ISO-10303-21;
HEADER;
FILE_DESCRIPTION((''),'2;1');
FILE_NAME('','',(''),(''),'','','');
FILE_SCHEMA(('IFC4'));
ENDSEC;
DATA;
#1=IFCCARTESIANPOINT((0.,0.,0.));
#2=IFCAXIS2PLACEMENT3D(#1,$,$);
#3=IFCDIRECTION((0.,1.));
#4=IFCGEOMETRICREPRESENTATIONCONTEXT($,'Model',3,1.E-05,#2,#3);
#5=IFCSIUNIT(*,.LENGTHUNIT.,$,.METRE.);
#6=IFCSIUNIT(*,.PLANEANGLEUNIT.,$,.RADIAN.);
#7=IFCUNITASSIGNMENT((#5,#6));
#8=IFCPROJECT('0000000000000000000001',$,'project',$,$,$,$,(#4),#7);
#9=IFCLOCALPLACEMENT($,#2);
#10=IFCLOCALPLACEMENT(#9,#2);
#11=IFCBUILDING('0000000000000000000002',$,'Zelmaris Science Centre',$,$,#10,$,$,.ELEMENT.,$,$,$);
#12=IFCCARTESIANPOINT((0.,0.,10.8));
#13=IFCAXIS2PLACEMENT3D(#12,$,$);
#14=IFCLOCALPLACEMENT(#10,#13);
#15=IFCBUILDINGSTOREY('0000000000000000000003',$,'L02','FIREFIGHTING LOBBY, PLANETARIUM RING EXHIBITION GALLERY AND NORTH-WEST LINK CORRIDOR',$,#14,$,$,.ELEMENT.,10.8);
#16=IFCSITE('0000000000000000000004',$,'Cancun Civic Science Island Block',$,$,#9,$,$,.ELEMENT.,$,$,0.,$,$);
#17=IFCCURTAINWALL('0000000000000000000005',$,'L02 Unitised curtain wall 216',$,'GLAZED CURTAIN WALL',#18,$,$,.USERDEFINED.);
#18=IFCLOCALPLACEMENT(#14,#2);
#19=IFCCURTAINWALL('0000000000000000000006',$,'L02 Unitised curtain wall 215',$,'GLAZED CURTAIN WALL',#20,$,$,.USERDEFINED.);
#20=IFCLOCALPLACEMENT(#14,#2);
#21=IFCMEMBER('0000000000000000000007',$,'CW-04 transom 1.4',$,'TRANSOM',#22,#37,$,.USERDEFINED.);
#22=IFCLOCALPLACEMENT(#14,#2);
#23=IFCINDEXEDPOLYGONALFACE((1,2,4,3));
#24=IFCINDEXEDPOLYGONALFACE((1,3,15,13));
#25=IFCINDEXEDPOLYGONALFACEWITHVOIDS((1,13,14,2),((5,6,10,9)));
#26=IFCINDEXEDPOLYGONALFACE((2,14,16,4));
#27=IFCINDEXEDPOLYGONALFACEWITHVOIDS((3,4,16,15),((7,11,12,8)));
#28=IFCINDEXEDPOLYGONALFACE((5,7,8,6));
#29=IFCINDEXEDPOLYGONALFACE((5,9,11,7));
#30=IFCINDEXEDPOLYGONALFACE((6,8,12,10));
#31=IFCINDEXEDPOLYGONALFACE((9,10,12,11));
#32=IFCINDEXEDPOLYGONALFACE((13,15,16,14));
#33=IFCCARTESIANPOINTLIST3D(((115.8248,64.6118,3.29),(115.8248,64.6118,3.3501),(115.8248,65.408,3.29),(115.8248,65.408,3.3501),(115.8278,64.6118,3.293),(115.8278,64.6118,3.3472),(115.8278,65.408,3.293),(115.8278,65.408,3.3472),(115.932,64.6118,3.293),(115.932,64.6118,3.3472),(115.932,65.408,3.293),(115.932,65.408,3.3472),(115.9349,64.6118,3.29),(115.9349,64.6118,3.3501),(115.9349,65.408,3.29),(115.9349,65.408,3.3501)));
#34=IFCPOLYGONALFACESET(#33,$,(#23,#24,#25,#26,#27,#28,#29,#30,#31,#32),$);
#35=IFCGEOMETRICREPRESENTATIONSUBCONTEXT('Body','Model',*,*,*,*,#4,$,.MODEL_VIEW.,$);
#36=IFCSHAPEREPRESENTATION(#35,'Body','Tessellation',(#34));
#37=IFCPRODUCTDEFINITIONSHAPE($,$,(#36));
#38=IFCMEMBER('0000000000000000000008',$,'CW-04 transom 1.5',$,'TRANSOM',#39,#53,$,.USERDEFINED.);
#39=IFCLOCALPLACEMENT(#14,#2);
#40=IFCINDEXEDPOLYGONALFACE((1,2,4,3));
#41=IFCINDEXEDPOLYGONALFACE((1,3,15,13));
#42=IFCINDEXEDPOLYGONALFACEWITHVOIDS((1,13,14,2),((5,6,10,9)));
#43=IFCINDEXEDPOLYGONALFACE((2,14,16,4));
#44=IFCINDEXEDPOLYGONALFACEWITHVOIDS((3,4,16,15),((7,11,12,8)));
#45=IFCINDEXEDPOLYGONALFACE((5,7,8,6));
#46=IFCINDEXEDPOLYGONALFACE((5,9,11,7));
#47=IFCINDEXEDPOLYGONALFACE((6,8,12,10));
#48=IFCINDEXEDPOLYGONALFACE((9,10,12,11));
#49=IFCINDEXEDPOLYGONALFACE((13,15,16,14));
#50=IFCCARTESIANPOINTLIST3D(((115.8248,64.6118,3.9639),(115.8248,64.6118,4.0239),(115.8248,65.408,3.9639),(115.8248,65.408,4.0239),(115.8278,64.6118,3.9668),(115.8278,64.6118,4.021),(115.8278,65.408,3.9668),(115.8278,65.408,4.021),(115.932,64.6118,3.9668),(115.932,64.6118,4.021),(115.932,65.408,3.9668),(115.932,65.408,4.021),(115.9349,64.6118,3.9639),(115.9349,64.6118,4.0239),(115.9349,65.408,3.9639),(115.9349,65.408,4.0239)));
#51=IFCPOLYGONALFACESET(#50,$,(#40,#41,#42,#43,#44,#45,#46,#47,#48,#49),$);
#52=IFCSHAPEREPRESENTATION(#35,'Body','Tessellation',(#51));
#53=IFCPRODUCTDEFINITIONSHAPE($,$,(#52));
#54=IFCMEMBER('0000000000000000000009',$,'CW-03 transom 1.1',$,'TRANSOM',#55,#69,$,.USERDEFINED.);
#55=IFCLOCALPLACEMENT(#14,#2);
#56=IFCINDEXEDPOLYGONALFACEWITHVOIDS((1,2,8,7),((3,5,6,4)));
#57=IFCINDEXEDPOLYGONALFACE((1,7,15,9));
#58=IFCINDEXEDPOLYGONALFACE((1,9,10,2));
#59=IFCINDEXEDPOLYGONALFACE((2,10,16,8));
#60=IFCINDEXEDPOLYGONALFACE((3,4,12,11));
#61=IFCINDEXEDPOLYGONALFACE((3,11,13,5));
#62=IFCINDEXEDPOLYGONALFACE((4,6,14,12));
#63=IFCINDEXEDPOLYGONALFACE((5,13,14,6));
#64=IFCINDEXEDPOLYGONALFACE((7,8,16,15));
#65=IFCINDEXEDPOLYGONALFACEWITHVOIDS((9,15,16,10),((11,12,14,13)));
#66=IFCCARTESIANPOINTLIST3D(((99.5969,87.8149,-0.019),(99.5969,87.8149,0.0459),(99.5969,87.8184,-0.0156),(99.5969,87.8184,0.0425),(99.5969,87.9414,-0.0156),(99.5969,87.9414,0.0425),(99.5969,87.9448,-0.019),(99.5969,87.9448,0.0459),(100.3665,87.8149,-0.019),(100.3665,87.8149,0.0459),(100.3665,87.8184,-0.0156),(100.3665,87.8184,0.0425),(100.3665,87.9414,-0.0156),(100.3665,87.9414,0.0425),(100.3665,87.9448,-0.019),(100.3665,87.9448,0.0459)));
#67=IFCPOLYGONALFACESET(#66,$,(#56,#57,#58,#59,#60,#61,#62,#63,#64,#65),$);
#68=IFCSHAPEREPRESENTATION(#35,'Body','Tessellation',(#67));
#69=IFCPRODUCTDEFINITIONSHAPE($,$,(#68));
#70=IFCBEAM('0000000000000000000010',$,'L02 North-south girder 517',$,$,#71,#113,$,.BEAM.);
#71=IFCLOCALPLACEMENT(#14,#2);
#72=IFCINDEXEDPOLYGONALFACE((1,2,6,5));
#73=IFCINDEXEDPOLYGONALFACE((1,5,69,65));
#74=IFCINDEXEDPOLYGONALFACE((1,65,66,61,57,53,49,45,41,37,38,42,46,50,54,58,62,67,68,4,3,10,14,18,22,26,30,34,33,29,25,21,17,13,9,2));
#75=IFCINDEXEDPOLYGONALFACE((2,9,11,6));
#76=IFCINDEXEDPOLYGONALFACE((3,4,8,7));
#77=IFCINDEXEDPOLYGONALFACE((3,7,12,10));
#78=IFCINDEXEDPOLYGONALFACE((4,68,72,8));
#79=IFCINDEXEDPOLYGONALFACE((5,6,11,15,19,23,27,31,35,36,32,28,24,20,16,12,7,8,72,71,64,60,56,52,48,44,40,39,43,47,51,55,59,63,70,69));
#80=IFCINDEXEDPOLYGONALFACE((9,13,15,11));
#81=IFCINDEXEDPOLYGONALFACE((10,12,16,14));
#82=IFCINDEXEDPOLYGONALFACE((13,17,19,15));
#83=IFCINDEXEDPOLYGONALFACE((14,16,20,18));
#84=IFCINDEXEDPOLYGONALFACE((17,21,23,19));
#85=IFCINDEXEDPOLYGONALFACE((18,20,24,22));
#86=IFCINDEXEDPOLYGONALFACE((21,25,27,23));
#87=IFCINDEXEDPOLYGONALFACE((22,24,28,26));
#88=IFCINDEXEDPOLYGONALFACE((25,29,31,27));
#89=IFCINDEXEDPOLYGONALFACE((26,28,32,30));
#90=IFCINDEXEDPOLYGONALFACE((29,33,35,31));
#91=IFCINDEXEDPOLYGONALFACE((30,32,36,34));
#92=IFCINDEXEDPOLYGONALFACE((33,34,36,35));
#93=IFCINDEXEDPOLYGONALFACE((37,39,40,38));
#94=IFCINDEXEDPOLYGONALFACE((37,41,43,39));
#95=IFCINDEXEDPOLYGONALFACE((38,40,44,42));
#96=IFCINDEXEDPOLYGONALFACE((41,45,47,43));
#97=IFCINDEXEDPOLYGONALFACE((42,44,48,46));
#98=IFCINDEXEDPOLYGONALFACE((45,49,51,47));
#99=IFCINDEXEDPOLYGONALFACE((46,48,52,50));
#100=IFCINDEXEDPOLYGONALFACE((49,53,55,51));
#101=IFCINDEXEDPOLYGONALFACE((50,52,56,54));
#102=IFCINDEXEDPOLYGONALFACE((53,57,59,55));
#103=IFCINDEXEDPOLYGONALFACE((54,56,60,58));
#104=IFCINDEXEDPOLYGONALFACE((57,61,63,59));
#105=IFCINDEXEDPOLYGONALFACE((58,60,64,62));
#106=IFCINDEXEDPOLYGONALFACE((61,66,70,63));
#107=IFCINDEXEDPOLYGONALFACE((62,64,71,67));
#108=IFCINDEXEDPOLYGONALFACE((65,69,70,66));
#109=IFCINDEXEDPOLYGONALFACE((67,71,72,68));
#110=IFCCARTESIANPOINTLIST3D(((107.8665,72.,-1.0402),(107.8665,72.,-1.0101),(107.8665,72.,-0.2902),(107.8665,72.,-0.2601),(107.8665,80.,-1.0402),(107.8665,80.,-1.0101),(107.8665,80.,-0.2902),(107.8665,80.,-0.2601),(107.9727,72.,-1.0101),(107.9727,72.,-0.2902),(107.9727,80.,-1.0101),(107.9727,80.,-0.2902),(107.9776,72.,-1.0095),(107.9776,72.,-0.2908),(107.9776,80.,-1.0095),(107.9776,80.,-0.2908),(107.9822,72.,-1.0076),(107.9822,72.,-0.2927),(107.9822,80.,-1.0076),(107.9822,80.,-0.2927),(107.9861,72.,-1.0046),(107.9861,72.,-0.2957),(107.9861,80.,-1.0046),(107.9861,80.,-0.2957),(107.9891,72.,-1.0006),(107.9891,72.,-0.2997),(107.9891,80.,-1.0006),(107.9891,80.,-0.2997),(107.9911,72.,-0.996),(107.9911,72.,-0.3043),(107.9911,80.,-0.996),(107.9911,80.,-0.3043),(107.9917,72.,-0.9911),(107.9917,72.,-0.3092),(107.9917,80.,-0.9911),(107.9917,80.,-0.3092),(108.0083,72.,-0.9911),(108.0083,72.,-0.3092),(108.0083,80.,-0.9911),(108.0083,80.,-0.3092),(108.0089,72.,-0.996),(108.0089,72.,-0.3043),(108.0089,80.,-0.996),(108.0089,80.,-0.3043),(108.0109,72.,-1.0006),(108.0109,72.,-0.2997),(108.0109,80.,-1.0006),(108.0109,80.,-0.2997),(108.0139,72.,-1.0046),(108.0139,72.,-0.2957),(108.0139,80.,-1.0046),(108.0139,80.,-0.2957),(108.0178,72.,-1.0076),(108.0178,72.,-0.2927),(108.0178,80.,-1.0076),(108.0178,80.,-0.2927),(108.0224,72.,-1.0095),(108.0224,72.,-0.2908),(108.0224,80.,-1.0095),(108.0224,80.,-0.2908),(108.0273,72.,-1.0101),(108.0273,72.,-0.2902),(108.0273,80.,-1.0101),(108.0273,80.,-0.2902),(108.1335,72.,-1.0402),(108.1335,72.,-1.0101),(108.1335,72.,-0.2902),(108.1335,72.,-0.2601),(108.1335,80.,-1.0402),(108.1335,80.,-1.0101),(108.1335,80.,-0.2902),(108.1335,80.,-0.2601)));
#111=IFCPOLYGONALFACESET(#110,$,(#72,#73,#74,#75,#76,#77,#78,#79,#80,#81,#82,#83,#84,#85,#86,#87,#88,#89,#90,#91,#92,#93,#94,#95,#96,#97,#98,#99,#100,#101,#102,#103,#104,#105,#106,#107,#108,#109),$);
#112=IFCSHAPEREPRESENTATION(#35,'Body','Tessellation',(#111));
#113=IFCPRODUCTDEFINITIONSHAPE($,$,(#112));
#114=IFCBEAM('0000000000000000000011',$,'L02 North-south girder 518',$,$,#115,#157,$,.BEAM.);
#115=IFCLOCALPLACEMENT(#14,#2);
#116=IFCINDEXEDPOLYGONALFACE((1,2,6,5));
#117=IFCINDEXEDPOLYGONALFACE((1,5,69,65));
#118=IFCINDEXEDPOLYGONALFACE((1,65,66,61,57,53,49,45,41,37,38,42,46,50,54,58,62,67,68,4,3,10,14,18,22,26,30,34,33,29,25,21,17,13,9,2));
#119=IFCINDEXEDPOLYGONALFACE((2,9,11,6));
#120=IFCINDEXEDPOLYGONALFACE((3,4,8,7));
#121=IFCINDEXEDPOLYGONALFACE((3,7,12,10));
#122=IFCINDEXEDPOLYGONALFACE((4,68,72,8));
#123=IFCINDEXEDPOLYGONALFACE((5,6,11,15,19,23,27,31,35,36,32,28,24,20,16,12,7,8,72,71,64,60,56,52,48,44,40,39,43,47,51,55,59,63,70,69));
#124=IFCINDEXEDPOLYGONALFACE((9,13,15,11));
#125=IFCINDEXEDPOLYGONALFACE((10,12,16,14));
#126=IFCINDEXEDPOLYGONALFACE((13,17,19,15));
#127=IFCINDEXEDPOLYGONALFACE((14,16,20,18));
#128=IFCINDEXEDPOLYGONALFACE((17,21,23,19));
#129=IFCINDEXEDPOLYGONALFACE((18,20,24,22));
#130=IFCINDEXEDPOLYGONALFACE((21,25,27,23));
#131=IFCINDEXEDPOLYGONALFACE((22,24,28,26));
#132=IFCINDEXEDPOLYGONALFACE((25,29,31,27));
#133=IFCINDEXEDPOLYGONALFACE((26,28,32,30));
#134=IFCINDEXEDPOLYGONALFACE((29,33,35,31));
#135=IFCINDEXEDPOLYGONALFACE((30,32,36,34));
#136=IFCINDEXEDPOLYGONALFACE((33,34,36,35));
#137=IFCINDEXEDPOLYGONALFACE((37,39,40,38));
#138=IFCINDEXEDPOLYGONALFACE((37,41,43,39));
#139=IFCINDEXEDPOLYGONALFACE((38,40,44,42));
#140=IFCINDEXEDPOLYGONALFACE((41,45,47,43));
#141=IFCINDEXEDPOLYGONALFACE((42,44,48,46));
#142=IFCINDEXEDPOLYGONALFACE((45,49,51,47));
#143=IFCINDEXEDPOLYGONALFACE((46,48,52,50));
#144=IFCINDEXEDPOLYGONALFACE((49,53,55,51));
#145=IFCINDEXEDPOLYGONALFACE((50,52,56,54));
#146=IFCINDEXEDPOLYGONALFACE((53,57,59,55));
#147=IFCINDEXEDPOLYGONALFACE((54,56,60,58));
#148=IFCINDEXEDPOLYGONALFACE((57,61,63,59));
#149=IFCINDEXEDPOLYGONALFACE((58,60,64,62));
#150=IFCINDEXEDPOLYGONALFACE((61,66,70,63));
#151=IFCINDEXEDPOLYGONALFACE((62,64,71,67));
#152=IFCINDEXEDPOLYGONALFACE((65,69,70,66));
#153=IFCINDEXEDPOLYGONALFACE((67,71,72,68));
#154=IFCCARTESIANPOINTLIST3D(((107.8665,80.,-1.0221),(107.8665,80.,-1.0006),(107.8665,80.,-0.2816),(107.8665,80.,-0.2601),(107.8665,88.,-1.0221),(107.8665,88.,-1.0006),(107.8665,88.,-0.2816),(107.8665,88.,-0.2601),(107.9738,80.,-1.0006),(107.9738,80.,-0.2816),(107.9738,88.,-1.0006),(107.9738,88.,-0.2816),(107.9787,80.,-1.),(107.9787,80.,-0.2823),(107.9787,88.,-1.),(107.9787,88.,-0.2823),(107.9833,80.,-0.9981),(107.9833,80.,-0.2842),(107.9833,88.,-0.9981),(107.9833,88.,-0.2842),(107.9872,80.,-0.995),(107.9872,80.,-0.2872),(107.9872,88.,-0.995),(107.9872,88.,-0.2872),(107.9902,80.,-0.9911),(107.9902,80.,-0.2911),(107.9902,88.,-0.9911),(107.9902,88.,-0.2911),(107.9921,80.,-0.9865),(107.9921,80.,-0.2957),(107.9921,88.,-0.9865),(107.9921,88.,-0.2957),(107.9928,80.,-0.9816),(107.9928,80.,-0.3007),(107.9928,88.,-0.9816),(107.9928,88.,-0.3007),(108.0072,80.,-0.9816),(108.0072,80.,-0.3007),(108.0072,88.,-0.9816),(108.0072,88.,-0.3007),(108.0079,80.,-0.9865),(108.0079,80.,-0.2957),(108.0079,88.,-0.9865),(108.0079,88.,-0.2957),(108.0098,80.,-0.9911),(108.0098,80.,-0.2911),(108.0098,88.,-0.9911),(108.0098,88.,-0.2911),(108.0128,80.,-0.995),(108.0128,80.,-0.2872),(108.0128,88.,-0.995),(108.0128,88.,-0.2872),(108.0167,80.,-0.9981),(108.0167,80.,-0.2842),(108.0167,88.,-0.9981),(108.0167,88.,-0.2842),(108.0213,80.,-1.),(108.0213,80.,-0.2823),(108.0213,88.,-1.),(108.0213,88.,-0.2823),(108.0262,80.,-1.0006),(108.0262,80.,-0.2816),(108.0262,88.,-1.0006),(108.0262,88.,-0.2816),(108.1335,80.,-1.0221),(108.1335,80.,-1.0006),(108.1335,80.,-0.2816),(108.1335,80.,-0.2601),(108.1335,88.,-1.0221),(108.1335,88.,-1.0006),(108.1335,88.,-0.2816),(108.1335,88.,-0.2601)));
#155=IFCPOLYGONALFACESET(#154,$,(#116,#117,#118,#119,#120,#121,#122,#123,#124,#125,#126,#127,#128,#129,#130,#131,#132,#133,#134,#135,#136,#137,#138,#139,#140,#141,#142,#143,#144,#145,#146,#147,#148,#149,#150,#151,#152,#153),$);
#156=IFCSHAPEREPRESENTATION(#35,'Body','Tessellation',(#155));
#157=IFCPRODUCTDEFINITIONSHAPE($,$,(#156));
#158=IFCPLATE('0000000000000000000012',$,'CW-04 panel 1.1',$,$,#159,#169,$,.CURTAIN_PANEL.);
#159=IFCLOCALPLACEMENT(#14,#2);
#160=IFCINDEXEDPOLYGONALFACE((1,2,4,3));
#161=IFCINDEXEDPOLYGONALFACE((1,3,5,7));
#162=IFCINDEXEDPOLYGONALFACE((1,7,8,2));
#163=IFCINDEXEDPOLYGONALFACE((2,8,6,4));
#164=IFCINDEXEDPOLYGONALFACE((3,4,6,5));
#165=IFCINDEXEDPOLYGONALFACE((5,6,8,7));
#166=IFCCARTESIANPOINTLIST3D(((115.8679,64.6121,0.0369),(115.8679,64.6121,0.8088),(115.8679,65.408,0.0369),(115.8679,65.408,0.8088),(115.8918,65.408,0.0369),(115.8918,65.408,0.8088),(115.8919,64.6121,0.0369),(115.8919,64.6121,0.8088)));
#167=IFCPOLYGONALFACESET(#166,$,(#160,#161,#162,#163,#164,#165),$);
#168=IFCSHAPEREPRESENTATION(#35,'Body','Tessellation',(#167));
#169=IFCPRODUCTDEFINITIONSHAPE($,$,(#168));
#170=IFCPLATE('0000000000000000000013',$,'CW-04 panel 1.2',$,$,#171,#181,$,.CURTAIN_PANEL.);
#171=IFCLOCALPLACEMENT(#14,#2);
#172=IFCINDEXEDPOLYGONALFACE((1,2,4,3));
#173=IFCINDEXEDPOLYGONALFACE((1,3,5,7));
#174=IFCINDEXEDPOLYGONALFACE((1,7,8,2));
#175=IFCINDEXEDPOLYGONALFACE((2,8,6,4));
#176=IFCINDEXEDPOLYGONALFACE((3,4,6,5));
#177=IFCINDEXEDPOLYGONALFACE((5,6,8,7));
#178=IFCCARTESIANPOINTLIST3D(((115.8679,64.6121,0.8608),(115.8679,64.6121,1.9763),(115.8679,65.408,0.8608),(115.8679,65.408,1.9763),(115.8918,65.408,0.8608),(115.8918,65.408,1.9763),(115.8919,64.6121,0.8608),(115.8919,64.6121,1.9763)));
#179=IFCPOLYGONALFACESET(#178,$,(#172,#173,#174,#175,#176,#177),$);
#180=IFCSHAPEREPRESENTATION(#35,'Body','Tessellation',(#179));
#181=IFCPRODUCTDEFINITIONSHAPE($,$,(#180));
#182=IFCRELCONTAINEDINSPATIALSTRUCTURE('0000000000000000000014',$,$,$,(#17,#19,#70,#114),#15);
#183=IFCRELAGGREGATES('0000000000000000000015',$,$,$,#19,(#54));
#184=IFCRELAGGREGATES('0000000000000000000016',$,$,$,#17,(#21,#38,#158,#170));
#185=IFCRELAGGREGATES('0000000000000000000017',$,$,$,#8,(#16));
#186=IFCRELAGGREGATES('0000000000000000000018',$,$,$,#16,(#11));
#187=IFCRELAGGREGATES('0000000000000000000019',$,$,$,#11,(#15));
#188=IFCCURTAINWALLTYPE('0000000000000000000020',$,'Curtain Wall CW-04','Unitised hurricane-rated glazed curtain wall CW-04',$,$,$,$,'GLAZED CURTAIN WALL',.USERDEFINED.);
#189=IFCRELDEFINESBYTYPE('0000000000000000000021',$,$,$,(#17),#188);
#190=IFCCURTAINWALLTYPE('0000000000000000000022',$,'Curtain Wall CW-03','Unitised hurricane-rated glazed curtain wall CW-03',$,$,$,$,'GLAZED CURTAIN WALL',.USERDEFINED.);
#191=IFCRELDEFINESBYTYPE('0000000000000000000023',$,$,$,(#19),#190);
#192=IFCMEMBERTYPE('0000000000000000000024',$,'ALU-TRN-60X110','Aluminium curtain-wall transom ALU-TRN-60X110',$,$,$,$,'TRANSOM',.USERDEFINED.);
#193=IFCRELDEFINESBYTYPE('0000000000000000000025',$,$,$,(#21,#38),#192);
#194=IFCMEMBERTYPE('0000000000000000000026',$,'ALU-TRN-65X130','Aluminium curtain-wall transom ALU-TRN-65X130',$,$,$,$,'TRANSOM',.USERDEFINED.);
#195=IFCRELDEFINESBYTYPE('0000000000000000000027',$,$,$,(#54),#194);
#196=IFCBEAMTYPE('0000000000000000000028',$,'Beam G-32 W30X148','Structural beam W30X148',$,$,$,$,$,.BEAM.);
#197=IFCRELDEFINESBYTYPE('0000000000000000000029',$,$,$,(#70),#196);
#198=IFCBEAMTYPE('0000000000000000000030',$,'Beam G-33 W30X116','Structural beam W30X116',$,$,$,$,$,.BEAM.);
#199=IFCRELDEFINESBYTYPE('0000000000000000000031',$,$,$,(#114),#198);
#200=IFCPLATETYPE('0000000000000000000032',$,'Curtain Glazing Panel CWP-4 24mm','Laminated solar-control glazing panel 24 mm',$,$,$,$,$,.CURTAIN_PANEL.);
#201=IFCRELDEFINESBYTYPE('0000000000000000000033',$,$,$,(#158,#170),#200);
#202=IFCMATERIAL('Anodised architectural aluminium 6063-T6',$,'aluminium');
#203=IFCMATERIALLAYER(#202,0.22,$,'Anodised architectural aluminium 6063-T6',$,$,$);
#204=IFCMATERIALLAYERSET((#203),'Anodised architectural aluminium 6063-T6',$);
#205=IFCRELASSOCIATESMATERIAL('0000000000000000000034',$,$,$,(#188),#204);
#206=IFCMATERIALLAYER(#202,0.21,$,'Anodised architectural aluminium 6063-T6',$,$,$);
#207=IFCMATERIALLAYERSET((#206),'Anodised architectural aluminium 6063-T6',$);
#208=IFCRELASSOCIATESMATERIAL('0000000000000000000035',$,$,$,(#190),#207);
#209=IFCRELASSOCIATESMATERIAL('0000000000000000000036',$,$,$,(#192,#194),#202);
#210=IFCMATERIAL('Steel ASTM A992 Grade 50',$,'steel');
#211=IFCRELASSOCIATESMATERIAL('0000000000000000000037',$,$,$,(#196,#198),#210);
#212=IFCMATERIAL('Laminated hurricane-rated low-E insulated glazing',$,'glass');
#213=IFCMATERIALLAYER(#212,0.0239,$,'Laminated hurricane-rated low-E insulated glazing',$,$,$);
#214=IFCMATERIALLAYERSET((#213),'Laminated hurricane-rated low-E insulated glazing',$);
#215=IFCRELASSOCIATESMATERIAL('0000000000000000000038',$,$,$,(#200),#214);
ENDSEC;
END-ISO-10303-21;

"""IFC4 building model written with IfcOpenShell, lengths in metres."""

from ifc_helpers import new_model, si_unit, direction, frame, origin, origin_2d, place, context, subcontext, project, spatial, rectangle, hollow_rectangle, i_section, extrude, material, layer, layer_set, material_profile, profile_set, type_object, element, aggregate, save


model = new_model("IFC4")

# Units and contexts
model_context = context("Model", 3, precision=1e-05, world=origin(), true_north=direction((0.0, 1.0)))
body_context = subcontext(model_context, "Body", "Model", "MODEL_VIEW")
ifc_project = project(units=[si_unit("LENGTHUNIT", "METRE"), si_unit("PLANEANGLEUNIT", "RADIAN")], contexts=[model_context])

# Site, building, storey
site_placement = place(None, origin())
site = spatial("IfcSite", under=ifc_project, at=site_placement, Name="Cancun Civic Science Island Block", CompositionType="ELEMENT", RefElevation=0.0)
building_placement = place(site_placement, origin())
building = spatial("IfcBuilding", under=site, at=building_placement, Name="Zelmaris Science Centre", CompositionType="ELEMENT")
storey_placement = place(building_placement, frame((0.0, 0.0, 10.8)))
storey = spatial("IfcBuildingStorey", under=building, at=storey_placement, Name="L02", Description="FIREFIGHTING LOBBY, PLANETARIUM RING EXHIBITION GALLERY AND NORTH-WEST LINK CORRIDOR", CompositionType="ELEMENT", Elevation=10.8)

# Shared definitions
ifc_material_1 = material(Name="Steel ASTM A992 Grade 50", Category="steel")

# Curtain walls
ifc_material_2 = material(Name="Anodised architectural aluminium 6063-T6", Category="aluminium")
ifc_layer_1 = layer(ifc_material_2, 0.22, Name="Anodised architectural aluminium 6063-T6")
ifc_layer_set_1 = layer_set([ifc_layer_1], Name="Anodised architectural aluminium 6063-T6")
curtain_wall_type_1 = type_object("IfcCurtainWallType", Name="Curtain Wall CW-04", Description="Unitised hurricane-rated glazed curtain wall CW-04", ElementType="GLAZED CURTAIN WALL", PredefinedType="USERDEFINED", material=ifc_layer_set_1)
curtain_wall_1_placement = place(storey_placement, origin())
curtain_wall_1 = element("IfcCurtainWall", 1, at=curtain_wall_1_placement, inside=storey, type_object=curtain_wall_type_1, Name="L02 Unitised curtain wall 216", ObjectType="GLAZED CURTAIN WALL", PredefinedType="USERDEFINED")
ifc_layer_2 = layer(ifc_material_2, 0.21, Name="Anodised architectural aluminium 6063-T6")
ifc_layer_set_2 = layer_set([ifc_layer_2], Name="Anodised architectural aluminium 6063-T6")
curtain_wall_type_2 = type_object("IfcCurtainWallType", Name="Curtain Wall CW-03", Description="Unitised hurricane-rated glazed curtain wall CW-03", ElementType="GLAZED CURTAIN WALL", PredefinedType="USERDEFINED", material=ifc_layer_set_2)
curtain_wall_2_placement = place(storey_placement, origin())
curtain_wall_2 = element("IfcCurtainWall", 2, at=curtain_wall_2_placement, inside=storey, type_object=curtain_wall_type_2, Name="L02 Unitised curtain wall 215", ObjectType="GLAZED CURTAIN WALL", PredefinedType="USERDEFINED")

# Members
ifc_material_profile_1 = material_profile(ifc_material_2, hollow_rectangle(XDim=0.0601, YDim=0.1101, WallThickness=0.0029, at=origin_2d()), Name="ALU-TRN-60X110")
ifc_profile_set_1 = profile_set([ifc_material_profile_1], Name="Anodised architectural aluminium 6063-T6")
member_type_1 = type_object("IfcMemberType", Name="ALU-TRN-60X110", Description="Aluminium curtain-wall transom ALU-TRN-60X110", ElementType="TRANSOM", PredefinedType="USERDEFINED", material=ifc_profile_set_1)
member_1_placement = place(storey_placement, frame((115.8799, 65.408, 3.3201), z_axis=(0.0, -1.0, 0.0), x_axis=(0.0, 0.0, 1.0)))
member_1 = element("IfcMember", 3, at=member_1_placement, type_object=member_type_1, Name="CW-04 transom 1.4", ObjectType="TRANSOM", PredefinedType="USERDEFINED", context=body_context, shape_type="SweptSolid", body=[
    extrude(hollow_rectangle(XDim=0.0601, YDim=0.1101, WallThickness=0.0029, at=origin_2d()), origin(), (0.0, 0.0, 1.0), 0.7961),
])
member_2_placement = place(storey_placement, frame((115.8799, 65.408, 3.9939), z_axis=(0.0, -1.0, 0.0), x_axis=(0.0, 0.0, 1.0)))
member_2 = element("IfcMember", 4, at=member_2_placement, type_object=member_type_1, Name="CW-04 transom 1.5", ObjectType="TRANSOM", PredefinedType="USERDEFINED", context=body_context, shape_type="SweptSolid", body=[
    extrude(hollow_rectangle(XDim=0.0601, YDim=0.1101, WallThickness=0.0029, at=origin_2d()), origin(), (0.0, 0.0, 1.0), 0.7961),
])
ifc_material_profile_2 = material_profile(ifc_material_2, hollow_rectangle(XDim=0.0649, YDim=0.1299, WallThickness=0.0034, at=origin_2d()), Name="ALU-TRN-65X130")
ifc_profile_set_2 = profile_set([ifc_material_profile_2], Name="Anodised architectural aluminium 6063-T6")
member_type_2 = type_object("IfcMemberType", Name="ALU-TRN-65X130", Description="Aluminium curtain-wall transom ALU-TRN-65X130", ElementType="TRANSOM", PredefinedType="USERDEFINED", material=ifc_profile_set_2)
member_3_placement = place(storey_placement, frame((99.5969, 87.8799, 0.0134), z_axis=(1.0, 0.0, 0.0), x_axis=(0.0, 0.0, 1.0)))
member_3 = element("IfcMember", 5, at=member_3_placement, type_object=member_type_2, Name="CW-03 transom 1.1", ObjectType="TRANSOM", PredefinedType="USERDEFINED", context=body_context, shape_type="SweptSolid", body=[
    extrude(hollow_rectangle(XDim=0.0649, YDim=0.1299, WallThickness=0.0034, at=origin_2d()), origin(), (0.0, 0.0, 1.0), 0.7695),
])
aggregate(curtain_wall_2, [member_3])

# Beams
ifc_material_profile_3 = material_profile(ifc_material_1, i_section(OverallWidth=0.2671, OverallDepth=0.78, WebThickness=0.0166, FlangeThickness=0.03, FilletRadius=0.019, at=origin_2d()), Name="W30X148")
ifc_profile_set_3 = profile_set([ifc_material_profile_3], Name="Steel ASTM A992 Grade 50")
beam_type_1 = type_object("IfcBeamType", Name="Beam G-32 W30X148", Description="Structural beam W30X148", PredefinedType="BEAM", material=ifc_profile_set_3)
beam_1_placement = place(storey_placement, frame((108.0, 72.0, -0.6501), z_axis=(0.0, 1.0, 0.0), x_axis=(-1.0, 0.0, 0.0)))
element("IfcBeam", 6, at=beam_1_placement, inside=storey, type_object=beam_type_1, Name="L02 North-south girder 517", PredefinedType="BEAM", context=body_context, shape_type="SweptSolid", body=[
    extrude(i_section(OverallWidth=0.2671, OverallDepth=0.78, WebThickness=0.0166, FlangeThickness=0.03, FilletRadius=0.019, at=origin_2d()), origin(), (0.0, 0.0, 1.0), 8.0),
])
ifc_material_profile_4 = material_profile(ifc_material_1, i_section(OverallWidth=0.2671, OverallDepth=0.762, WebThickness=0.0144, FlangeThickness=0.0215, FilletRadius=0.019, at=origin_2d()), Name="W30X116")
ifc_profile_set_4 = profile_set([ifc_material_profile_4], Name="Steel ASTM A992 Grade 50")
beam_type_2 = type_object("IfcBeamType", Name="Beam G-33 W30X116", Description="Structural beam W30X116", PredefinedType="BEAM", material=ifc_profile_set_4)
beam_2_placement = place(storey_placement, frame((108.0, 80.0, -0.6411), z_axis=(0.0, 1.0, 0.0), x_axis=(-1.0, 0.0, 0.0)))
element("IfcBeam", 7, at=beam_2_placement, inside=storey, type_object=beam_type_2, Name="L02 North-south girder 518", PredefinedType="BEAM", context=body_context, shape_type="SweptSolid", body=[
    extrude(i_section(OverallWidth=0.2671, OverallDepth=0.762, WebThickness=0.0144, FlangeThickness=0.0215, FilletRadius=0.019, at=origin_2d()), origin(), (0.0, 0.0, 1.0), 8.0),
])

# Plates
ifc_material_3 = material(Name="Laminated hurricane-rated low-E insulated glazing", Category="glass")
ifc_layer_3 = layer(ifc_material_3, 0.0239, Name="Laminated hurricane-rated low-E insulated glazing")
ifc_layer_set_3 = layer_set([ifc_layer_3], Name="Laminated hurricane-rated low-E insulated glazing")
plate_type = type_object("IfcPlateType", Name="Curtain Glazing Panel CWP-4 24mm", Description="Laminated solar-control glazing panel 24 mm", PredefinedType="CURTAIN_PANEL", material=ifc_layer_set_3)
plate_1_placement = place(storey_placement, frame((115.8799, 65.01, 0.0369), z_axis=(0.0, 0.0, 1.0), x_axis=(0.000023, -1.0, 0.0)))
plate_1 = element("IfcPlate", 8, at=plate_1_placement, type_object=plate_type, Name="CW-04 panel 1.1", PredefinedType="CURTAIN_PANEL", context=body_context, shape_type="SweptSolid", body=[
    extrude(rectangle(XDim=0.7959, YDim=0.0239, at=origin_2d()), origin(), (0.0, 0.0, 1.0), 0.772),
])
plate_2_placement = place(storey_placement, frame((115.8799, 65.01, 0.8608), z_axis=(0.0, 0.0, 1.0), x_axis=(0.000023, -1.0, 0.0)))
plate_2 = element("IfcPlate", 9, at=plate_2_placement, type_object=plate_type, Name="CW-04 panel 1.2", PredefinedType="CURTAIN_PANEL", context=body_context, shape_type="SweptSolid", body=[
    extrude(rectangle(XDim=0.7959, YDim=0.0239, at=origin_2d()), origin(), (0.0, 0.0, 1.0), 1.1155),
])
aggregate(curtain_wall_1, [member_1, member_2, plate_1, plate_2])

save(model, "model.ifc")
